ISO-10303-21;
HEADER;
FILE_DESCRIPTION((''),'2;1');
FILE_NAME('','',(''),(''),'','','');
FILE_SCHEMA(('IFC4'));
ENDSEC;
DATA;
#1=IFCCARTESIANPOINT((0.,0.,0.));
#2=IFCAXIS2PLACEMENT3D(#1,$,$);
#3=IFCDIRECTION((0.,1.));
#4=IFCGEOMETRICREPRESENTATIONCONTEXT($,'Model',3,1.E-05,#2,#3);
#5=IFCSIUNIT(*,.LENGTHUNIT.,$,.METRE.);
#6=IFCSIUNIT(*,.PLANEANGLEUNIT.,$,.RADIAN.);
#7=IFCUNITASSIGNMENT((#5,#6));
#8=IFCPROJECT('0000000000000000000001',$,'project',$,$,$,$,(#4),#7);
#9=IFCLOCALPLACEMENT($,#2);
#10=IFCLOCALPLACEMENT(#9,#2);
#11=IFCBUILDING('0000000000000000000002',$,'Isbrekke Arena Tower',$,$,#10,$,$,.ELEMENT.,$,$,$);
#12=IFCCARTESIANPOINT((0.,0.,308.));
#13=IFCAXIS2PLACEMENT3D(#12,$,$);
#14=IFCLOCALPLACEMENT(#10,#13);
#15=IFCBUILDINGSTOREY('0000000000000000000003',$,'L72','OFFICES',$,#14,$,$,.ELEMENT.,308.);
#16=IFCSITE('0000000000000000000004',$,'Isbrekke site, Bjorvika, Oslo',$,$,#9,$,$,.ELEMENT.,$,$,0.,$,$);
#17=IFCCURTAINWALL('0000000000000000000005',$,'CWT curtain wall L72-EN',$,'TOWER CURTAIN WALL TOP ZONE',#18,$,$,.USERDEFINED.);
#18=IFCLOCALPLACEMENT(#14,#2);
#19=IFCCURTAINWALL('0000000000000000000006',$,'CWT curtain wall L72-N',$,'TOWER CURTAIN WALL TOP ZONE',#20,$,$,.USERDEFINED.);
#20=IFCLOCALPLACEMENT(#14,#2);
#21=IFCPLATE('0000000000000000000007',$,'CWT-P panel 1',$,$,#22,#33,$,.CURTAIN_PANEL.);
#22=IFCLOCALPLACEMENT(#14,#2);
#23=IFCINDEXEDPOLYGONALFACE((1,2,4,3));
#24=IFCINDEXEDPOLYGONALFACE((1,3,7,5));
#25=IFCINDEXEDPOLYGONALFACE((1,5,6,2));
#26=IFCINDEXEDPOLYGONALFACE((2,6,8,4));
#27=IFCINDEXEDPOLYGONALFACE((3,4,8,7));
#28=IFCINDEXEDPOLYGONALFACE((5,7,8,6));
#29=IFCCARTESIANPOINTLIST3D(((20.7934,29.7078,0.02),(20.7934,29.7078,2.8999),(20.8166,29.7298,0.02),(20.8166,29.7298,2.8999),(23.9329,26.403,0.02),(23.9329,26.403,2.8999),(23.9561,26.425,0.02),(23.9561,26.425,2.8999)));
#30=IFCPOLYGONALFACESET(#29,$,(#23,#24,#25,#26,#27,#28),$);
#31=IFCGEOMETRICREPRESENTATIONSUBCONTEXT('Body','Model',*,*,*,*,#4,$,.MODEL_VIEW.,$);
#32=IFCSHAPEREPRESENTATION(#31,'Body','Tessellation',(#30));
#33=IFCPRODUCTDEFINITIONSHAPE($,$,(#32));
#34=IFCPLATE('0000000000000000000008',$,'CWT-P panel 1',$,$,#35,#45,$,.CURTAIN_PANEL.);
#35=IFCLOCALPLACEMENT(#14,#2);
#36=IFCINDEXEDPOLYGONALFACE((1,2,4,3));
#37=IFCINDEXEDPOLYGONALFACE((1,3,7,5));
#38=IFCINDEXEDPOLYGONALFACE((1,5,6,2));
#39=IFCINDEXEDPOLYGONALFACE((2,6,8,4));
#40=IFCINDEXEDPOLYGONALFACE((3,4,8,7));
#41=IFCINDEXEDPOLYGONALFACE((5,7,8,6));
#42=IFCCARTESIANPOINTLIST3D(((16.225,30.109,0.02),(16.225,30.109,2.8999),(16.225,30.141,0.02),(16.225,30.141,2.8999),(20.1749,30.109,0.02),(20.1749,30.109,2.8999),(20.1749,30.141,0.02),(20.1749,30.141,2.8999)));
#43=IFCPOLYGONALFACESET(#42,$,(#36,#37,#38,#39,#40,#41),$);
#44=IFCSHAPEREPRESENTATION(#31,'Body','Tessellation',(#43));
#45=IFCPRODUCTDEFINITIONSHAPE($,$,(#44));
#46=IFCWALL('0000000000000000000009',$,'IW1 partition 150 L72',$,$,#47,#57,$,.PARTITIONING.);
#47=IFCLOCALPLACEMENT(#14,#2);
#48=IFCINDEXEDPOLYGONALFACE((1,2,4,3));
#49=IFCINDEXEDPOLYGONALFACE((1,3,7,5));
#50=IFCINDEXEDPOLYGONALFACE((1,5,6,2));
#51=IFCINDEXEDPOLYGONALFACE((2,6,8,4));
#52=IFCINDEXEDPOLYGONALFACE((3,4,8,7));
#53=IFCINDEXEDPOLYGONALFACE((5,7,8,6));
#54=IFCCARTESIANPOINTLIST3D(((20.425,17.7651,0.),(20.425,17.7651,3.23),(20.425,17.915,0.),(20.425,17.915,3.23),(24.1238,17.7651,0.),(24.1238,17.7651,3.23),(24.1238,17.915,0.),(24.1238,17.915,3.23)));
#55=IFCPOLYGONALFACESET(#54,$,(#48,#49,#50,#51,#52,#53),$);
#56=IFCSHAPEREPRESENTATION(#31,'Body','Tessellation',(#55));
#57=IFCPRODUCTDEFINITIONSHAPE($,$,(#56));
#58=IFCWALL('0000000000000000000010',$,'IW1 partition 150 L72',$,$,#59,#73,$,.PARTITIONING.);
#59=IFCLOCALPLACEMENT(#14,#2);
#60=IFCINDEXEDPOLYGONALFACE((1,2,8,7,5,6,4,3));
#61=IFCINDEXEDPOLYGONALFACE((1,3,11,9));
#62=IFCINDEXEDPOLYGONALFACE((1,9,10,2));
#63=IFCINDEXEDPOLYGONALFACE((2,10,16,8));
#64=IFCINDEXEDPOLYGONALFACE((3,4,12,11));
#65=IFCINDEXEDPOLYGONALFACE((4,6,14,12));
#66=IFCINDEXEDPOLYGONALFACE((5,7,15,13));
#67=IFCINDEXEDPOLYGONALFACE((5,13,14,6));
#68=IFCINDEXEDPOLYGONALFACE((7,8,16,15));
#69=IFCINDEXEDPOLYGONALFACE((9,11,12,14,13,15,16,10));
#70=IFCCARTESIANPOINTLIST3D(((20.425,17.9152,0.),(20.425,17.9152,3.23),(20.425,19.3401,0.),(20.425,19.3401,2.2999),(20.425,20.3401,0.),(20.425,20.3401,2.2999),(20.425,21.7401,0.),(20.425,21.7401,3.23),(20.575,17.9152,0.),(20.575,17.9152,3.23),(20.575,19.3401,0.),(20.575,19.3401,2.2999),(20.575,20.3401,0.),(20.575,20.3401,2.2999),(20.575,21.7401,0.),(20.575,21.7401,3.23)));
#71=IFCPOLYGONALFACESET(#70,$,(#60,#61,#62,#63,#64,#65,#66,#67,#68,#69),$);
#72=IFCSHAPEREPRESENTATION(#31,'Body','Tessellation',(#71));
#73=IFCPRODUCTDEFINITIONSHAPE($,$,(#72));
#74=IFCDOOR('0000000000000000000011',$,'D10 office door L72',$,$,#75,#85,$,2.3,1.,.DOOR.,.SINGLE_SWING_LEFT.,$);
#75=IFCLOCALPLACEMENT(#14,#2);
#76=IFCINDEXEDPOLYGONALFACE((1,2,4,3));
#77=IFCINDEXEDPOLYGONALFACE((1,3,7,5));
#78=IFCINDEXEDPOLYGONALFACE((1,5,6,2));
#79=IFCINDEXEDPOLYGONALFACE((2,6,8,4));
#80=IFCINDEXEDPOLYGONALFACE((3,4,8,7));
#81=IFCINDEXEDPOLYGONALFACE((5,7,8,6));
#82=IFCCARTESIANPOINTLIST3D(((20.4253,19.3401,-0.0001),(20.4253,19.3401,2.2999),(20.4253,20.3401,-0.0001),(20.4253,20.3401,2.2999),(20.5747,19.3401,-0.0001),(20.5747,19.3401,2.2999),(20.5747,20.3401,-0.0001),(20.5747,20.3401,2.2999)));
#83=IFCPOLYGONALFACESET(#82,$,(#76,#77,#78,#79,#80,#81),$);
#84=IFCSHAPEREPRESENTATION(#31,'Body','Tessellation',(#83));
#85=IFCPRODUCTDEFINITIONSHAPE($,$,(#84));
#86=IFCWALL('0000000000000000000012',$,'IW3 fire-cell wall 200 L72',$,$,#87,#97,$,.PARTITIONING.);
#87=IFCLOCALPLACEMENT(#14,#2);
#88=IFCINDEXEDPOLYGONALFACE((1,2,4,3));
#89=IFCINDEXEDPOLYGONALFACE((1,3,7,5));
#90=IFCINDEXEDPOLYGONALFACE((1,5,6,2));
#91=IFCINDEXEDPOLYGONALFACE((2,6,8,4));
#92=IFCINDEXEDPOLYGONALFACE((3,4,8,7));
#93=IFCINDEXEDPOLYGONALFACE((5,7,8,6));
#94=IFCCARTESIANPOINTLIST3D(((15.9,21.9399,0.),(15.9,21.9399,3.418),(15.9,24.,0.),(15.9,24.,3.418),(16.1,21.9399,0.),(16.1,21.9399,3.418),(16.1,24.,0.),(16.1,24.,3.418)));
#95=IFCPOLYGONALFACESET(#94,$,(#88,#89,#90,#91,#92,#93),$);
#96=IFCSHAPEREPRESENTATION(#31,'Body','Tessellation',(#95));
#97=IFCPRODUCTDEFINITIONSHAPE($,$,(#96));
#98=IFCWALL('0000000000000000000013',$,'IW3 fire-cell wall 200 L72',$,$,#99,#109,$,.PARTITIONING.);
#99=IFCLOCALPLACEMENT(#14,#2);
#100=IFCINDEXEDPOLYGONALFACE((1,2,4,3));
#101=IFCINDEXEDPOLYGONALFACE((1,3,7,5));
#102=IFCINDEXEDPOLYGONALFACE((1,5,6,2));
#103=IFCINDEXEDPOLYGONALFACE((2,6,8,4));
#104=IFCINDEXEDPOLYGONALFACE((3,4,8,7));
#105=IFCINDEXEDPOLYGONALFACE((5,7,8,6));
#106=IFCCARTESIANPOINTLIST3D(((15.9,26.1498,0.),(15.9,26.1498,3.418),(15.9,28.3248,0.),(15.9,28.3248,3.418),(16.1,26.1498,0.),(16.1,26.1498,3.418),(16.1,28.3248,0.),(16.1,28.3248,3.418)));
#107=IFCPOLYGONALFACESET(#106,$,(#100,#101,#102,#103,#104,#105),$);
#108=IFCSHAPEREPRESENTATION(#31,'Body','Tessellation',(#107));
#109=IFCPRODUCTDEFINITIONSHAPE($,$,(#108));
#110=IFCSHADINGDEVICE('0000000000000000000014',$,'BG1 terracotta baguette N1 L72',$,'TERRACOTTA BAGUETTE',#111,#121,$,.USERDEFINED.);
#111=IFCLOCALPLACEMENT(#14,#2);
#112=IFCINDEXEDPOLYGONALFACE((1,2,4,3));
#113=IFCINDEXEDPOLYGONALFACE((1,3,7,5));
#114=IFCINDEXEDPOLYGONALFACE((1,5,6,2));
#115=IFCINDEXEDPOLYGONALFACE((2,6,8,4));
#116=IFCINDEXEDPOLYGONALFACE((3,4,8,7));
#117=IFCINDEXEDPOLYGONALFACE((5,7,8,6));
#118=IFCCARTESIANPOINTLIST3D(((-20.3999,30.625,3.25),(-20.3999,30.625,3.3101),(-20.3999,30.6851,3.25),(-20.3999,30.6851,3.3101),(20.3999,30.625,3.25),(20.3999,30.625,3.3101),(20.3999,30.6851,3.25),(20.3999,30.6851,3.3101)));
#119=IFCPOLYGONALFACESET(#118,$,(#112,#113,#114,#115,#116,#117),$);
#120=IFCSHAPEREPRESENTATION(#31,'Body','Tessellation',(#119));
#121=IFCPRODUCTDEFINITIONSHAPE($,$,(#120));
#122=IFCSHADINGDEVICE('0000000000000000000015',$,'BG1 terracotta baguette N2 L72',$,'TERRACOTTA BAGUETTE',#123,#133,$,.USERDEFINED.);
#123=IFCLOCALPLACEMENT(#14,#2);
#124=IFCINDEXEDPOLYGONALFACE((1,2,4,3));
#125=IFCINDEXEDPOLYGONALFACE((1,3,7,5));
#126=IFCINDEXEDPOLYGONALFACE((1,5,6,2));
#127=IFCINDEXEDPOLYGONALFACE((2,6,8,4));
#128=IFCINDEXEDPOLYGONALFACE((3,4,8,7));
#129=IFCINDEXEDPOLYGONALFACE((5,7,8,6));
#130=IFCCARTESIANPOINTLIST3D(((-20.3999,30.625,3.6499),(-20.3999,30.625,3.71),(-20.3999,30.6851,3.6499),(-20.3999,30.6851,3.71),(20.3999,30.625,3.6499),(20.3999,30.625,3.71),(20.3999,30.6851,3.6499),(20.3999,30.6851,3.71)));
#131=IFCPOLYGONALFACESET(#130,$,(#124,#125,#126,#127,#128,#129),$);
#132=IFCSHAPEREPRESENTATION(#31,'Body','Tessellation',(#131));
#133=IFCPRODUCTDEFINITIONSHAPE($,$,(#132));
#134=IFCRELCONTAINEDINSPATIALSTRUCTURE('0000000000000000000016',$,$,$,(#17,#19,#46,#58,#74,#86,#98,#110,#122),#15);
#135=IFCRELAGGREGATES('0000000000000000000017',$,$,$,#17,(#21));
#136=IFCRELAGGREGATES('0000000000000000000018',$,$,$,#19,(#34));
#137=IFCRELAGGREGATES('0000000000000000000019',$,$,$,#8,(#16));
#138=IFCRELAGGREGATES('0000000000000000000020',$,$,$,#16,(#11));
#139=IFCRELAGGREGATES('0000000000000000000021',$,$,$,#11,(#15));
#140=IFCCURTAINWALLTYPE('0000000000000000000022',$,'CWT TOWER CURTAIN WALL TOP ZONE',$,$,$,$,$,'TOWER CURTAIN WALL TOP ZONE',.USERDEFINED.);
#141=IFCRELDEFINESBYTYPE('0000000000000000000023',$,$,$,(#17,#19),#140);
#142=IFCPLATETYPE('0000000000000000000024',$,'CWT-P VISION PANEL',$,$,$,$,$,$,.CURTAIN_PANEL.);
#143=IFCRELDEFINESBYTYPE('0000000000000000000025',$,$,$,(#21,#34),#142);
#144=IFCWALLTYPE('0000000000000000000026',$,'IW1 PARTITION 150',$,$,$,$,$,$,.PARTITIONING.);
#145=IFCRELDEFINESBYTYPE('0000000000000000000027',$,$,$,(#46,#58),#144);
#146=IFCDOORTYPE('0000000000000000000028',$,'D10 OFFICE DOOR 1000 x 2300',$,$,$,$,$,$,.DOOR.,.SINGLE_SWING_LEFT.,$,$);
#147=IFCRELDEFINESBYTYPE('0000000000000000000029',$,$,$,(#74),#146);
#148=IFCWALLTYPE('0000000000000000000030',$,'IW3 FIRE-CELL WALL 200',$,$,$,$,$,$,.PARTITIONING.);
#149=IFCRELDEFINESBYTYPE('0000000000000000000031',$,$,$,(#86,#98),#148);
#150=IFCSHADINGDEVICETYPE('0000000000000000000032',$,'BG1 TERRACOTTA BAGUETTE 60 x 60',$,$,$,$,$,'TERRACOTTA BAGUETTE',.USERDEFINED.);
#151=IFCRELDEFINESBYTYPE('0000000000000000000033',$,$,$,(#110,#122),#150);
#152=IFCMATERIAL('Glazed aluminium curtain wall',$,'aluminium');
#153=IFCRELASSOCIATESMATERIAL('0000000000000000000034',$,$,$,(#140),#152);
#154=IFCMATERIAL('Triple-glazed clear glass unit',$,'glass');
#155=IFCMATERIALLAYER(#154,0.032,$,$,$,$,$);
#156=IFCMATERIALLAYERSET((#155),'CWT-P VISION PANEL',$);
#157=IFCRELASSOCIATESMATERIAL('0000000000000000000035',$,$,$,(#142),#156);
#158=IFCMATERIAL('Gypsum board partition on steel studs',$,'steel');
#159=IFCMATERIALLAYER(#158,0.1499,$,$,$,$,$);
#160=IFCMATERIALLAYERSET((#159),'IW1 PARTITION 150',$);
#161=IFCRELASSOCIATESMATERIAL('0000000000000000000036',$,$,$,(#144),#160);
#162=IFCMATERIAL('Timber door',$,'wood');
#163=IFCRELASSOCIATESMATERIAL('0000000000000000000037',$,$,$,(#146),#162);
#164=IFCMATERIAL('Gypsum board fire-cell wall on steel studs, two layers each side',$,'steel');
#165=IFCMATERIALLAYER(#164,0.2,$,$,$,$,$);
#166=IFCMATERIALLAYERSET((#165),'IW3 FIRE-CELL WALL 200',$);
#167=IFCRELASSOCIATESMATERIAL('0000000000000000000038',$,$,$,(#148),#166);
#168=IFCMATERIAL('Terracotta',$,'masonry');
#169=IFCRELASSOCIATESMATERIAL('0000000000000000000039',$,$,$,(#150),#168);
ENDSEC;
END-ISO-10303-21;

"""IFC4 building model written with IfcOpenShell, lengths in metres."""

from ifc_helpers import new_model, si_unit, direction, frame, frame_2d, origin, origin_2d, place, context, subcontext, project, spatial, rectangle, extrude, material, layer, layer_set, material_profile, profile_set, type_object, element, fill, aggregate, save


model = new_model("IFC4")

# Units and contexts
model_context = context("Model", 3, precision=1e-05, world=origin(), true_north=direction((0.0, 1.0)))
body_context = subcontext(model_context, "Body", "Model", "MODEL_VIEW")
ifc_project = project(units=[si_unit("LENGTHUNIT", "METRE"), si_unit("PLANEANGLEUNIT", "RADIAN")], contexts=[model_context])

# Site, building, storey
site_placement = place(None, origin())
site = spatial("IfcSite", under=ifc_project, at=site_placement, Name="Isbrekke site, Bjorvika, Oslo", CompositionType="ELEMENT", RefElevation=0.0)
building_placement = place(site_placement, origin())
building = spatial("IfcBuilding", under=site, at=building_placement, Name="Isbrekke Arena Tower", CompositionType="ELEMENT")
storey_placement = place(building_placement, frame((0.0, 0.0, 308.0)))
storey = spatial("IfcBuildingStorey", under=building, at=storey_placement, Name="L72", Description="OFFICES", CompositionType="ELEMENT", Elevation=308.0)

# Curtain walls
ifc_material_1 = material(Name="Glazed aluminium curtain wall", Category="aluminium")
curtain_wall_type = type_object("IfcCurtainWallType", Name="CWT TOWER CURTAIN WALL TOP ZONE", ElementType="TOWER CURTAIN WALL TOP ZONE", PredefinedType="USERDEFINED", material=ifc_material_1)
curtain_wall_1_placement = place(storey_placement, origin())
curtain_wall_1 = element("IfcCurtainWall", 1, at=curtain_wall_1_placement, inside=storey, type_object=curtain_wall_type, Name="CWT curtain wall L72-EN", ObjectType="TOWER CURTAIN WALL TOP ZONE", PredefinedType="USERDEFINED")
curtain_wall_2_placement = place(storey_placement, origin())
curtain_wall_2 = element("IfcCurtainWall", 2, at=curtain_wall_2_placement, inside=storey, type_object=curtain_wall_type, Name="CWT curtain wall L72-N", ObjectType="TOWER CURTAIN WALL TOP ZONE", PredefinedType="USERDEFINED")

# Plates
ifc_material_2 = material(Name="Triple-glazed clear glass unit", Category="glass")
ifc_layer_1 = layer(ifc_material_2, 0.032)
ifc_layer_set_1 = layer_set([ifc_layer_1], Name="CWT-P VISION PANEL")
plate_type = type_object("IfcPlateType", Name="CWT-P VISION PANEL", PredefinedType="CURTAIN_PANEL", material=ifc_layer_set_1)
plate_1_placement = place(storey_placement, frame((22.3748, 28.0664, 0.02), z_axis=(0.0, 0.0, 1.0), x_axis=(-0.688749, 0.724999, 0.0)))
plate_1 = element("IfcPlate", 3, at=plate_1_placement, type_object=plate_type, Name="CWT-P panel 1", PredefinedType="CURTAIN_PANEL", context=body_context, shape_type="SweptSolid", body=[
    extrude(rectangle(XDim=4.5583, YDim=0.032, at=origin_2d()), origin(), (0.0, 0.0, 1.0), 2.8799),
])
aggregate(curtain_wall_1, [plate_1])
plate_2_placement = place(storey_placement, frame((18.2, 30.125, 0.02), z_axis=(0.0, 0.0, 1.0), x_axis=(-1.0, 0.0, 0.0)))
plate_2 = element("IfcPlate", 4, at=plate_2_placement, type_object=plate_type, Name="CWT-P panel 1", PredefinedType="CURTAIN_PANEL", context=body_context, shape_type="SweptSolid", body=[
    extrude(rectangle(XDim=3.95, YDim=0.032, at=origin_2d()), origin(), (0.0, 0.0, 1.0), 2.8799),
])
aggregate(curtain_wall_2, [plate_2])

# Wall
ifc_material_3 = material(Name="Gypsum board partition on steel studs", Category="steel")
ifc_layer_2 = layer(ifc_material_3, 0.1499)
ifc_layer_set_2 = layer_set([ifc_layer_2], Name="IW1 PARTITION 150")
wall_type_1 = type_object("IfcWallType", Name="IW1 PARTITION 150", PredefinedType="PARTITIONING", material=ifc_layer_set_2)
wall_1_placement = place(storey_placement, frame((20.425, 17.8401, 0.0), z_axis=(0.0, 0.0, 1.0), x_axis=(1.0, 0.0, 0.0)))
element("IfcWall", 5, at=wall_1_placement, inside=storey, type_object=wall_type_1, Name="IW1 partition 150 L72", PredefinedType="PARTITIONING", context=body_context, shape_type="SweptSolid", body=[
    extrude(rectangle(XDim=3.6987, YDim=0.1499, at=frame_2d((1.8494, 0.0))), origin(), (0.0, 0.0, 1.0), 3.23),
])

# Wall, opening, door
wall_2_placement = place(storey_placement, frame((20.5, 17.915, 0.0), z_axis=(0.0, 0.0, 1.0), x_axis=(0.0, 1.0, 0.0)))
wall_2 = element("IfcWall", 6, at=wall_2_placement, inside=storey, type_object=wall_type_1, Name="IW1 partition 150 L72", PredefinedType="PARTITIONING", context=body_context, shape_type="SweptSolid", body=[
    extrude(rectangle(XDim=3.825, YDim=0.1499, at=frame_2d((1.9126, 0.0))), origin(), (0.0, 0.0, 1.0), 3.23),
])
opening_1_placement = place(wall_2_placement, frame((1.425, 0.0, 0.0)))
opening_1 = element("IfcOpeningElement", 7, at=opening_1_placement, cuts=wall_2, PredefinedType="OPENING", context=body_context, shape_type="SweptSolid", body=[
    extrude(rectangle(XDim=1.0, YDim=2.3, at=frame_2d((0.5, 1.1499))), frame((0.0, 0.0898, 0.0), z_axis=(0.0, -1.0, 0.0), x_axis=(1.0, 0.0, 0.0)), (0.0, 0.0, 1.0), 0.1797),
])
ifc_material_4 = material(Name="Timber door", Category="wood")
door_type_1 = type_object("IfcDoorType", Name="D10 OFFICE DOOR 1000 x 2300", OperationType="SINGLE_SWING_LEFT", PredefinedType="DOOR", material=ifc_material_4)
door_1_placement = place(opening_1_placement, origin())
door_1 = element("IfcDoor", 8, at=door_1_placement, inside=storey, type_object=door_type_1, Name="D10 office door L72", OperationType="SINGLE_SWING_LEFT", OverallHeight=2.3, OverallWidth=1.0, PredefinedType="DOOR", context=body_context, shape_type="SweptSolid", body=[
    extrude(rectangle(XDim=1.0, YDim=2.3, at=frame_2d((0.5, 1.1499))), frame((0.0, 0.0747, 0.0), z_axis=(0.0, -1.0, 0.0), x_axis=(1.0, 0.0, 0.0)), (0.0, 0.0, 1.0), 0.1494),
])
fill(opening_1, door_1)

# Walls
ifc_material_5 = material(Name="Gypsum board fire-cell wall on steel studs, two layers each side", Category="steel")
ifc_layer_3 = layer(ifc_material_5, 0.2)
ifc_layer_set_3 = layer_set([ifc_layer_3], Name="IW3 FIRE-CELL WALL 200")
wall_type_2 = type_object("IfcWallType", Name="IW3 FIRE-CELL WALL 200", PredefinedType="PARTITIONING", material=ifc_layer_set_3)
wall_3_placement = place(storey_placement, frame((16.0, 21.9399, 0.0), z_axis=(0.0, 0.0, 1.0), x_axis=(0.0, 1.0, 0.0)))
element("IfcWall", 9, at=wall_3_placement, inside=storey, type_object=wall_type_2, Name="IW3 fire-cell wall 200 L72", PredefinedType="PARTITIONING", context=body_context, shape_type="SweptSolid", body=[
    extrude(rectangle(XDim=2.0601, YDim=0.2, at=frame_2d((1.03, 0.0))), origin(), (0.0, 0.0, 1.0), 3.418),
])
wall_4_placement = place(storey_placement, frame((16.0, 26.1499, 0.0), z_axis=(0.0, 0.0, 1.0), x_axis=(0.0, 1.0, 0.0)))
element("IfcWall", 10, at=wall_4_placement, inside=storey, type_object=wall_type_2, Name="IW3 fire-cell wall 200 L72", PredefinedType="PARTITIONING", context=body_context, shape_type="SweptSolid", body=[
    extrude(rectangle(XDim=2.175, YDim=0.2, at=frame_2d((1.0874, 0.0))), origin(), (0.0, 0.0, 1.0), 3.418),
])

# Shading devices
ifc_material_6 = material(Name="Terracotta", Category="masonry")
ifc_material_profile_1 = material_profile(ifc_material_6, rectangle(XDim=0.0601, YDim=0.0601, at=origin_2d()), Name="BAGUETTE 60X60")
ifc_profile_set_1 = profile_set([ifc_material_profile_1], Name="Terracotta")
shading_device_type = type_object("IfcShadingDeviceType", Name="BG1 TERRACOTTA BAGUETTE 60 x 60", ElementType="TERRACOTTA BAGUETTE", PredefinedType="USERDEFINED", material=ifc_profile_set_1)
for number, where, z_axis, x_axis, name in (
    (11, (20.3999, 30.655, 3.28), (-1.0, 0.0, 0.0), (0.0, -1.0, 0.0), "BG1 terracotta baguette N1 L72"),
    (12, (20.3999, 30.655, 3.6799), (-1.0, 0.0, 0.0), (0.0, -1.0, 0.0), "BG1 terracotta baguette N2 L72"),
):
    element("IfcShadingDevice", number, at=place(storey_placement, frame(where, z_axis=z_axis, x_axis=x_axis)), inside=storey, type_object=shading_device_type, Name=name, ObjectType="TERRACOTTA BAGUETTE", PredefinedType="USERDEFINED", context=body_context, shape_type="SweptSolid", body=[
        extrude(rectangle(XDim=0.0601, YDim=0.0601, at=origin_2d()), origin(), (0.0, 0.0, 1.0), 40.7998),
    ])

save(model, "model.ifc")
